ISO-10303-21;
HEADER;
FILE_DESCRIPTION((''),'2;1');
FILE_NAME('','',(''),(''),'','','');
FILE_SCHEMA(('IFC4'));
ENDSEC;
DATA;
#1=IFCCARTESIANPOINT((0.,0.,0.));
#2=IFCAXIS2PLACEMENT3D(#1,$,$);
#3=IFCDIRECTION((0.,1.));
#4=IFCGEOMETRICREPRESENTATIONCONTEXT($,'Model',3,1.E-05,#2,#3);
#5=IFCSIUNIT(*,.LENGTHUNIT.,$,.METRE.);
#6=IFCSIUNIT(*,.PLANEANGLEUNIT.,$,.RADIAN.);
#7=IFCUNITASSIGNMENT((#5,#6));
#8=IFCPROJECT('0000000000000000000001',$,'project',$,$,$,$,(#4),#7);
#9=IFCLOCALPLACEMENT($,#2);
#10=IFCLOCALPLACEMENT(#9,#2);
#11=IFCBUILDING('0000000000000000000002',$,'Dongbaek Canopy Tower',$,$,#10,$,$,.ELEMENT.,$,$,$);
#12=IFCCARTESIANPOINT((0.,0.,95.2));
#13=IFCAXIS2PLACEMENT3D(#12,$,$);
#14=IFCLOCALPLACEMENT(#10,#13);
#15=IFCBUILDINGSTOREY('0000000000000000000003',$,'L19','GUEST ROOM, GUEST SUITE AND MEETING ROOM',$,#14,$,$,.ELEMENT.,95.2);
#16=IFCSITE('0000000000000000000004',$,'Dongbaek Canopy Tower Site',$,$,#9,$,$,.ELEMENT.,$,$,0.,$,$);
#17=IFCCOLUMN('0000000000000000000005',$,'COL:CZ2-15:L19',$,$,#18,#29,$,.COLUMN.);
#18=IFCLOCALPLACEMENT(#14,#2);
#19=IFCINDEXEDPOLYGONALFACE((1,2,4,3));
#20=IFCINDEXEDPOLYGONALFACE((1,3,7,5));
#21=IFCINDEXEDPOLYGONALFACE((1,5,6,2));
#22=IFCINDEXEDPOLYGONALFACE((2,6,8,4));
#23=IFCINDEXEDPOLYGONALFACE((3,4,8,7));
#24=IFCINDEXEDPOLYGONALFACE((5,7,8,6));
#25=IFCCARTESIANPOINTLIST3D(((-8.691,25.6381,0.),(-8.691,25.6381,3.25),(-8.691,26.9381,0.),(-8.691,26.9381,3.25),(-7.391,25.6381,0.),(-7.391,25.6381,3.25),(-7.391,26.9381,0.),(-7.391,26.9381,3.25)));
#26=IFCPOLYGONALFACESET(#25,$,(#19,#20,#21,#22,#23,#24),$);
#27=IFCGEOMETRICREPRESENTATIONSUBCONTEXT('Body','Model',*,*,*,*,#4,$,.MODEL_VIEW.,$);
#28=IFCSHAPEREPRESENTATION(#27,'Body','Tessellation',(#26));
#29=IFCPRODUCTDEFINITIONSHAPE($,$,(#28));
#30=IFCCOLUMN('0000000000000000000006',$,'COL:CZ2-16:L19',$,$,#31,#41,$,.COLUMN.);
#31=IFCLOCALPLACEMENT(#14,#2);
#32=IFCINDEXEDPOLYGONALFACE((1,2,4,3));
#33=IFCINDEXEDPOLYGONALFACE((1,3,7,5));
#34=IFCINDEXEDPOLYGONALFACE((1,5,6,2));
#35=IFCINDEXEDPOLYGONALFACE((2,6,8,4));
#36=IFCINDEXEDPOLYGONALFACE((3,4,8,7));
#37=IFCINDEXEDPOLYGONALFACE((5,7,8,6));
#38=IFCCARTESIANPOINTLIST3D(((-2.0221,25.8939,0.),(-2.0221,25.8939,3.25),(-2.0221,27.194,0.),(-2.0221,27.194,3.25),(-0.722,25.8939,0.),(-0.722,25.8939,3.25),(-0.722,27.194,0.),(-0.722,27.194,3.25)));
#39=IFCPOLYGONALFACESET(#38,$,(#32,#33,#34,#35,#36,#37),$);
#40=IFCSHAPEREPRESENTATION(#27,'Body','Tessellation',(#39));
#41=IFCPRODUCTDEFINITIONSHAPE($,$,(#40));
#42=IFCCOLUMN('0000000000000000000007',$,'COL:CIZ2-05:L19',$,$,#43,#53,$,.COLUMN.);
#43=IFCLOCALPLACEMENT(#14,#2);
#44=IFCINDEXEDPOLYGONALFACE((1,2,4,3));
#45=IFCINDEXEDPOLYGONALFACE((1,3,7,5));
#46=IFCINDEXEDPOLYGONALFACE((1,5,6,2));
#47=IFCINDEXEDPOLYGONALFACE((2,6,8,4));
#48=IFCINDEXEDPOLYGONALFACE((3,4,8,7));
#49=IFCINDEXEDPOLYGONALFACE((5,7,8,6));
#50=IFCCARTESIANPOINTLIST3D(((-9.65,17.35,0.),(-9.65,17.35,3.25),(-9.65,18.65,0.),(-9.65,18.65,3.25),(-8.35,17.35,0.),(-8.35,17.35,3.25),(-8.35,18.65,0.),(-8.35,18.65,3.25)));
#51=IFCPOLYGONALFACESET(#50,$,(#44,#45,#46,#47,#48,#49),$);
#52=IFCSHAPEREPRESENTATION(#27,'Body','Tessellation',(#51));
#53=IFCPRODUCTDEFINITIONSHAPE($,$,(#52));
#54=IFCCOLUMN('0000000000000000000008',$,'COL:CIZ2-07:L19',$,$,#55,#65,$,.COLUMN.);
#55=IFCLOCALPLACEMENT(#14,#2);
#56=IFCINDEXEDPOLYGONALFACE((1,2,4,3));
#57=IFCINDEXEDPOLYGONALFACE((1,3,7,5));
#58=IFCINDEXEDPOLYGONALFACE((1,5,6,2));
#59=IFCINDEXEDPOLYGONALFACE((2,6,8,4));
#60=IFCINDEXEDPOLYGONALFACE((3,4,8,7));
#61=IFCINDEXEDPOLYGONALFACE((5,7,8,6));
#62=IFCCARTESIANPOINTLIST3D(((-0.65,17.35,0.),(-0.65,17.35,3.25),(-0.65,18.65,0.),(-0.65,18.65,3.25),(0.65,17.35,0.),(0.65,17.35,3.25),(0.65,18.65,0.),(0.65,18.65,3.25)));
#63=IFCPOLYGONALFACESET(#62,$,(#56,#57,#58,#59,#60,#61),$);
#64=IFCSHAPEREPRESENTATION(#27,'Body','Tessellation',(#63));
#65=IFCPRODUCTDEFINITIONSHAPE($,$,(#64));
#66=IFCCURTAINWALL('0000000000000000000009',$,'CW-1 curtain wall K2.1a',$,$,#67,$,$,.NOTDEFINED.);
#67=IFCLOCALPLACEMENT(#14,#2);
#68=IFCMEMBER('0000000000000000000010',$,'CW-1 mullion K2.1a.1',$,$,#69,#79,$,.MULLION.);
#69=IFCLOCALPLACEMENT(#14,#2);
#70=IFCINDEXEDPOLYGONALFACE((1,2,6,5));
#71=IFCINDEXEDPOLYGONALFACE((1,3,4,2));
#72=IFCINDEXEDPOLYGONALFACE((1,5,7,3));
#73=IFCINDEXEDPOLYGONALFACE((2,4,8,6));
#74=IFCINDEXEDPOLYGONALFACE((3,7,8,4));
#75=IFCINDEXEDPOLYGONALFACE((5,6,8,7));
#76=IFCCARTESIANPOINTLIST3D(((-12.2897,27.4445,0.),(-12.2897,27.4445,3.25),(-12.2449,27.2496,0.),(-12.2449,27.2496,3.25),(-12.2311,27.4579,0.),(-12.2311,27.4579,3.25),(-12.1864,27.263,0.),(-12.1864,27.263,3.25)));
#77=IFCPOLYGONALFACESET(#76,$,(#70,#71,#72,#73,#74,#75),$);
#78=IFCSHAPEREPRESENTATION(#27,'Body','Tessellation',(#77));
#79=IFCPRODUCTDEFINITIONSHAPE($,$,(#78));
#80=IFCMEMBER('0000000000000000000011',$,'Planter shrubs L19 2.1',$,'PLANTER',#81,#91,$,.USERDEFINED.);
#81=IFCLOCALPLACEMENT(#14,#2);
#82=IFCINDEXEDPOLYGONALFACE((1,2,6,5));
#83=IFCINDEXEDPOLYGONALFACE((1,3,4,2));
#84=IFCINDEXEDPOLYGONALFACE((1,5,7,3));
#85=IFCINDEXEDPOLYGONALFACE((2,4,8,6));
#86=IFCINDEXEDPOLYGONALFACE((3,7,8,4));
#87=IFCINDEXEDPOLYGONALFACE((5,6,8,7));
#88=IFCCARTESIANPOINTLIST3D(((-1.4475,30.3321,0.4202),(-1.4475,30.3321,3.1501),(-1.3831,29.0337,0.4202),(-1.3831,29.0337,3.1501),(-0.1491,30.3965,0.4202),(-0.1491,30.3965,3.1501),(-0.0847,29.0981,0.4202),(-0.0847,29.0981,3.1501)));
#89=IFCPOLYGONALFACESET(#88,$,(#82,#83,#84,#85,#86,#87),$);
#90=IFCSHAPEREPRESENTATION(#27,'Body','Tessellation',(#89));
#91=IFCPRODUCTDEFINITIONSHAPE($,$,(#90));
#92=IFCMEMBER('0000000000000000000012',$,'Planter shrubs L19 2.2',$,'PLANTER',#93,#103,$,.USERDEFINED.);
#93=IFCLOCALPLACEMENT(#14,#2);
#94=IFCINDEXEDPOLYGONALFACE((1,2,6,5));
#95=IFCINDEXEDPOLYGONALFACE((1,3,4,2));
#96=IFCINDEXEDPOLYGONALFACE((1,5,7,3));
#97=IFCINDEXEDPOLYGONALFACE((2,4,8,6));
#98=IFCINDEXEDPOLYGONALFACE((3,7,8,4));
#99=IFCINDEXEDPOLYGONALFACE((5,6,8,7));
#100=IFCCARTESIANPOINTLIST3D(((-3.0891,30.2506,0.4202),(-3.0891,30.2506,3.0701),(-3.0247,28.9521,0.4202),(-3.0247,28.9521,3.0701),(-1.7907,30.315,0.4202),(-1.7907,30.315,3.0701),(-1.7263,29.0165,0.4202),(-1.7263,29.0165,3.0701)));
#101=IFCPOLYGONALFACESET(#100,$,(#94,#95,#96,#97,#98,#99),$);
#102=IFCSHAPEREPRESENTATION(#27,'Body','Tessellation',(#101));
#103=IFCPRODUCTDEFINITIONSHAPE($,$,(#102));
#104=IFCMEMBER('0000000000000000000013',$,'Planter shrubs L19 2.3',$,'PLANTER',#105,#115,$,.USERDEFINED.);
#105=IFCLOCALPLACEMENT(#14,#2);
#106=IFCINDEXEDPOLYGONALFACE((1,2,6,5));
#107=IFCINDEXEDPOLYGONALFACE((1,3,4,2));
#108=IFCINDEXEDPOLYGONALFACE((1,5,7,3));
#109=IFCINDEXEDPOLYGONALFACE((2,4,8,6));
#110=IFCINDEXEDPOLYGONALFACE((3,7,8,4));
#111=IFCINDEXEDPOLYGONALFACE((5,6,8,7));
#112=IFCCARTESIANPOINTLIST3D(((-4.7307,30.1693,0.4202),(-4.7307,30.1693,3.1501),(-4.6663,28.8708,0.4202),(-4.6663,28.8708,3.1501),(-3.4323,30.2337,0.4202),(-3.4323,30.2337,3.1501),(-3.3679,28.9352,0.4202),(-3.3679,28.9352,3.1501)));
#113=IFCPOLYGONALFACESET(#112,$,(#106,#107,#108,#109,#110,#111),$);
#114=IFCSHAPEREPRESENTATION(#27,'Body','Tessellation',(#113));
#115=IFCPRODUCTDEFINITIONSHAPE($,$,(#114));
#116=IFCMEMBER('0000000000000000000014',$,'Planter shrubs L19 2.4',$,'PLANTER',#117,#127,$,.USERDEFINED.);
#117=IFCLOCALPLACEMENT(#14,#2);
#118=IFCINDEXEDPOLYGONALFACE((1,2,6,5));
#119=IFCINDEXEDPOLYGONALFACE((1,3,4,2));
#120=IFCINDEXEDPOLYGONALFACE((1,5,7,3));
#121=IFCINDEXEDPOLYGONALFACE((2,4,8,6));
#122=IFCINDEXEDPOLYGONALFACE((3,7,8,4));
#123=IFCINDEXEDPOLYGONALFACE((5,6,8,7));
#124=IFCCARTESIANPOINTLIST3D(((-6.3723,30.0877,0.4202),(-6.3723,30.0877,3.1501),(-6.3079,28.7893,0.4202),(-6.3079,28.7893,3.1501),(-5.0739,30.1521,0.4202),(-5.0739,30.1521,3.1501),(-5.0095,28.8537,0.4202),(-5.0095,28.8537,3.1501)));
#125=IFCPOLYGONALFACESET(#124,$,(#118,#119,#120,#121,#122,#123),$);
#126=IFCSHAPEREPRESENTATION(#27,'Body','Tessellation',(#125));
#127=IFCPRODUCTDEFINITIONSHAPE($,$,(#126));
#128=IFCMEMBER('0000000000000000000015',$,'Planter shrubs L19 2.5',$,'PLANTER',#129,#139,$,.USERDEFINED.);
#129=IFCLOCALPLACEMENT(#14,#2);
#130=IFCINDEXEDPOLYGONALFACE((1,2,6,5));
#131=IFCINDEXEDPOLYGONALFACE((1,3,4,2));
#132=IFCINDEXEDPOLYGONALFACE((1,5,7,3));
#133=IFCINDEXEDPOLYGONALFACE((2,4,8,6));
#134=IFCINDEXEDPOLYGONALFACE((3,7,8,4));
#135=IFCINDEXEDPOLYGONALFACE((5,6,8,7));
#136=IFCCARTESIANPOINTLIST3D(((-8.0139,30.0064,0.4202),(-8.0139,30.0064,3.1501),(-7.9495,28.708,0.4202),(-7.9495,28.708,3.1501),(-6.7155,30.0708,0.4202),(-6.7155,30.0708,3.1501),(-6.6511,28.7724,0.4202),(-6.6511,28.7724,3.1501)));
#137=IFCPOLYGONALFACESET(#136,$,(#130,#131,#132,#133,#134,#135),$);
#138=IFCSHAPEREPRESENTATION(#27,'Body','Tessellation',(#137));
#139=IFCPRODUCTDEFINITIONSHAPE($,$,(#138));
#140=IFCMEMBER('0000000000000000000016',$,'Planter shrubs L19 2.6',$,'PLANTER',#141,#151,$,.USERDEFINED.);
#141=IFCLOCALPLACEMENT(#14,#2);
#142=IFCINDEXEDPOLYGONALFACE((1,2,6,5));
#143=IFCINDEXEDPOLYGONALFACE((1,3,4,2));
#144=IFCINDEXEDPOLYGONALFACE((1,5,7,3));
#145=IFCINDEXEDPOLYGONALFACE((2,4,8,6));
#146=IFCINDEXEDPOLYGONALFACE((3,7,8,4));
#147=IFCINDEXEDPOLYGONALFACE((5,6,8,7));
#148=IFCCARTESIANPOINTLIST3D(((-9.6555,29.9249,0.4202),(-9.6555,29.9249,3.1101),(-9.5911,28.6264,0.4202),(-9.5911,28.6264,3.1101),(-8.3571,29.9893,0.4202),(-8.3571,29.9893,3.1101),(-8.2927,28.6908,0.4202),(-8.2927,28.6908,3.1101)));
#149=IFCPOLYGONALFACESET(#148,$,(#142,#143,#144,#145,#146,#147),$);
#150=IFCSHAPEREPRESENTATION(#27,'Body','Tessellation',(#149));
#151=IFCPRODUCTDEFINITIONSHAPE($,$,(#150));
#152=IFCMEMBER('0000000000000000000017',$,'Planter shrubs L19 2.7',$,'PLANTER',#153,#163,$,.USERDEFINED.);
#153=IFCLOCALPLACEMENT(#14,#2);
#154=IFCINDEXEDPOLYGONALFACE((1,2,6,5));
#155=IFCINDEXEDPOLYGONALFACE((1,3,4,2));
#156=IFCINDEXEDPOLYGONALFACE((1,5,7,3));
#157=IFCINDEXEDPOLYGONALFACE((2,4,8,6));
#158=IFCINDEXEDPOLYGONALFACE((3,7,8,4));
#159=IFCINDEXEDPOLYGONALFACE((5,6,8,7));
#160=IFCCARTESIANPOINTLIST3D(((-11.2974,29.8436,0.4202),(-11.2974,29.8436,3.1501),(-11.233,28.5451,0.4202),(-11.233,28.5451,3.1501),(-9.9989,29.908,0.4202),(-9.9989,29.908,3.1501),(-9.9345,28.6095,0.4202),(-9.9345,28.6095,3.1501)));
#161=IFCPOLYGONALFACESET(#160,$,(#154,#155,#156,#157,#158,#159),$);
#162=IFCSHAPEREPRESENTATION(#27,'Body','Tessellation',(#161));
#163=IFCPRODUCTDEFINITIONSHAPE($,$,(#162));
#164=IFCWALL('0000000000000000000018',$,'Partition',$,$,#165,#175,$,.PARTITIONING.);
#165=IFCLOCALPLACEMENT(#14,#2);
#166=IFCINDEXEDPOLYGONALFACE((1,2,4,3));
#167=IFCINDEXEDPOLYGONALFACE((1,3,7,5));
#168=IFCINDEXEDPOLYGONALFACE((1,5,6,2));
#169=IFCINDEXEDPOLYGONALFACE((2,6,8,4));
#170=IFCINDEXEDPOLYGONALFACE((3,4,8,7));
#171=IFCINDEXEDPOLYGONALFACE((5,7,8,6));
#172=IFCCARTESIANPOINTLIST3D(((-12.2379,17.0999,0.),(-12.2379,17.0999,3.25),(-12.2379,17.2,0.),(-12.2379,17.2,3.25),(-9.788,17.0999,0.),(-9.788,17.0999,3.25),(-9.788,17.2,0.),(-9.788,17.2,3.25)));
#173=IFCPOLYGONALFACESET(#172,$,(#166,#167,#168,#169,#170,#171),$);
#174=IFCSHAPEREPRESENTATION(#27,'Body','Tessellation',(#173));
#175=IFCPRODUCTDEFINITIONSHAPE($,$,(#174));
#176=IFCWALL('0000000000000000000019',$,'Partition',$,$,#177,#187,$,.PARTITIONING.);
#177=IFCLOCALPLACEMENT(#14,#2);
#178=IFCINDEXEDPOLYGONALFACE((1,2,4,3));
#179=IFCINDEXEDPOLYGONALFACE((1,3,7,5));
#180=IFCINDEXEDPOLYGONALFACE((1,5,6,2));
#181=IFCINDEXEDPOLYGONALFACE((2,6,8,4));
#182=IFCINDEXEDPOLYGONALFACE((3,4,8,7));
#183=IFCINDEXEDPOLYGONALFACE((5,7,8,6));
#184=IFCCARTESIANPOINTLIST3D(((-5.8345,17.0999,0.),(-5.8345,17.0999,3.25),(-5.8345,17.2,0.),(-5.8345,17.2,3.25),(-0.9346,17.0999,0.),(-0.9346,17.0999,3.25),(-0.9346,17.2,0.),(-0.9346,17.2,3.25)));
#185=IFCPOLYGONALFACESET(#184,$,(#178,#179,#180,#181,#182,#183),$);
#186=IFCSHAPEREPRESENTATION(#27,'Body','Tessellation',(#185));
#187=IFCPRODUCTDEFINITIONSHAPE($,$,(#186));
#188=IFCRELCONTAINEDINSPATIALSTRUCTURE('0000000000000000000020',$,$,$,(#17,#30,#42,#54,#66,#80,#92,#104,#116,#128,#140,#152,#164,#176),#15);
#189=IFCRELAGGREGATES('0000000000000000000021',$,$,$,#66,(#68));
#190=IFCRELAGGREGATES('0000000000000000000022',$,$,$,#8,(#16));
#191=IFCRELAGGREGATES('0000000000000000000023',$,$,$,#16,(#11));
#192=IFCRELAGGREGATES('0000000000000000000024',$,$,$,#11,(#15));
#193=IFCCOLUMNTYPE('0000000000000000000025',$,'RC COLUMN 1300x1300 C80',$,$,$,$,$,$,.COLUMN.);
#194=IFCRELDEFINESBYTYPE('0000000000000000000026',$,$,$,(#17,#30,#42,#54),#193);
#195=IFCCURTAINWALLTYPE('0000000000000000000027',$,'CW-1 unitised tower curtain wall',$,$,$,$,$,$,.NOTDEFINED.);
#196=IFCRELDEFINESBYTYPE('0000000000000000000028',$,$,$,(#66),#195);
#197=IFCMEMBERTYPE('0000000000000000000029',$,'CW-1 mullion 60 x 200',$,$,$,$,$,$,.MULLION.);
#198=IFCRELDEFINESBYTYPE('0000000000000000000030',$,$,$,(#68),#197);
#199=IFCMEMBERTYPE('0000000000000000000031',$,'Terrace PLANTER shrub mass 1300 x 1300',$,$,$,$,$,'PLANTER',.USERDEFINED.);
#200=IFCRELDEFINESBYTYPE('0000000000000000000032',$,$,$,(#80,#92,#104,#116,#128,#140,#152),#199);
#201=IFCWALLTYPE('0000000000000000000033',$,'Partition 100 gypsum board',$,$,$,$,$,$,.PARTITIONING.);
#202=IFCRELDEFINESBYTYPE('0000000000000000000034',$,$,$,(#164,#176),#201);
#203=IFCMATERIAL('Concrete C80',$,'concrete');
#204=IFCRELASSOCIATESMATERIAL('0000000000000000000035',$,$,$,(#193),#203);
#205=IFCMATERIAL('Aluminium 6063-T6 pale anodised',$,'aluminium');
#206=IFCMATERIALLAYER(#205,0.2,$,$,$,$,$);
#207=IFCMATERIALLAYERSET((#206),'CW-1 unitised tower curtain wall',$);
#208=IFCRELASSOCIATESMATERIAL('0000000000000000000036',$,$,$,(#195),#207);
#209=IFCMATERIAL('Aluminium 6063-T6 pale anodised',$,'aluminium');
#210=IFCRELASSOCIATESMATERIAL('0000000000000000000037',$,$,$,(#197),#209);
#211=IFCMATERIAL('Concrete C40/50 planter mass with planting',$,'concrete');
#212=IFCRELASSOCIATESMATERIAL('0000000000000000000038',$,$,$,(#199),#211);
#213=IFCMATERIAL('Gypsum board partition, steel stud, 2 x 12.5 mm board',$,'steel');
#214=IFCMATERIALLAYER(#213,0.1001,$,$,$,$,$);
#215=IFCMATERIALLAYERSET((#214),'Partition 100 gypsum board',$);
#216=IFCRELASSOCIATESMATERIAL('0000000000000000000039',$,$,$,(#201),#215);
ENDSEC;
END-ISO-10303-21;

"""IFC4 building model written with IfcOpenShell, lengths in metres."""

from ifc_helpers import new_model, si_unit, direction, frame, frame_2d, origin, origin_2d, place, context, subcontext, project, spatial, rectangle, extrude, material, layer, layer_set, material_profile, profile_set, type_object, element, aggregate, save


model = new_model("IFC4")

# Units and contexts
model_context = context("Model", 3, precision=1e-05, world=origin(), true_north=direction((0.0, 1.0)))
body_context = subcontext(model_context, "Body", "Model", "MODEL_VIEW")
ifc_project = project(units=[si_unit("LENGTHUNIT", "METRE"), si_unit("PLANEANGLEUNIT", "RADIAN")], contexts=[model_context])

# Site, building, storey
site_placement = place(None, origin())
site = spatial("IfcSite", under=ifc_project, at=site_placement, Name="Dongbaek Canopy Tower Site", CompositionType="ELEMENT", RefElevation=0.0)
building_placement = place(site_placement, origin())
building = spatial("IfcBuilding", under=site, at=building_placement, Name="Dongbaek Canopy Tower", CompositionType="ELEMENT")
storey_placement = place(building_placement, frame((0.0, 0.0, 95.2)))
storey = spatial("IfcBuildingStorey", under=building, at=storey_placement, Name="L19", Description="GUEST ROOM, GUEST SUITE AND MEETING ROOM", CompositionType="ELEMENT", Elevation=95.2)

# Columns
ifc_material_1 = material(Name="Concrete C80", Category="concrete")
ifc_material_profile_1 = material_profile(ifc_material_1, rectangle(XDim=1.3, YDim=1.3, at=origin_2d()), Name="RC COLUMN 1300x1300 C80")
ifc_profile_set_1 = profile_set([ifc_material_profile_1], Name="Concrete C80")
column_type = type_object("IfcColumnType", Name="RC COLUMN 1300x1300 C80", PredefinedType="COLUMN", material=ifc_profile_set_1)
for number, where, z_axis, x_axis, name in (
    (1, (-8.041, 26.2881, 0.0), (0.0, 0.0, 1.0), (1.0, 0.0, 0.0), "COL:CZ2-15:L19"),
    (2, (-1.3721, 26.5439, 0.0), (0.0, 0.0, 1.0), (1.0, 0.0, 0.0), "COL:CZ2-16:L19"),
    (3, (-9.0, 18.0, 0.0), (0.0, 0.0, 1.0), (1.0, 0.0, 0.0), "COL:CIZ2-05:L19"),
    (4, (0.0, 18.0, 0.0), (0.0, 0.0, 1.0), (1.0, 0.0, 0.0), "COL:CIZ2-07:L19"),
):
    element("IfcColumn", number, at=place(storey_placement, frame(where, z_axis=z_axis, x_axis=x_axis)), inside=storey, type_object=column_type, Name=name, PredefinedType="COLUMN", context=body_context, shape_type="SweptSolid", body=[
        extrude(rectangle(XDim=1.3, YDim=1.3, at=origin_2d()), origin(), (0.0, 0.0, 1.0), 3.25),
    ])

# Curtain wall, member
ifc_material_2 = material(Name="Aluminium 6063-T6 pale anodised", Category="aluminium")
ifc_layer_1 = layer(ifc_material_2, 0.2)
ifc_layer_set_1 = layer_set([ifc_layer_1], Name="CW-1 unitised tower curtain wall")
curtain_wall_type = type_object("IfcCurtainWallType", Name="CW-1 unitised tower curtain wall", PredefinedType="NOTDEFINED", material=ifc_layer_set_1)
curtain_wall_placement = place(storey_placement, origin())
curtain_wall = element("IfcCurtainWall", 5, at=curtain_wall_placement, inside=storey, type_object=curtain_wall_type, Name="CW-1 curtain wall K2.1a", PredefinedType="NOTDEFINED")
ifc_material_3 = material(Name="Aluminium 6063-T6 pale anodised", Category="aluminium")
ifc_material_profile_2 = material_profile(ifc_material_3, rectangle(XDim=0.2, YDim=0.0601, at=origin_2d()), Name="CW-1 mullion 60 x 200")
ifc_profile_set_2 = profile_set([ifc_material_profile_2], Name="Aluminium 6063-T6 pale anodised")
member_type_1 = type_object("IfcMemberType", Name="CW-1 mullion 60 x 200", PredefinedType="MULLION", material=ifc_profile_set_2)
member_1_placement = place(storey_placement, frame((-12.238, 27.3538, 0.0), z_axis=(0.0, 0.0, 1.0), x_axis=(-0.223774, 0.974641, 0.0)))
member_1 = element("IfcMember", 6, at=member_1_placement, type_object=member_type_1, Name="CW-1 mullion K2.1a.1", PredefinedType="MULLION", context=body_context, shape_type="SweptSolid", body=[
    extrude(rectangle(XDim=0.2, YDim=0.0601, at=origin_2d()), origin(), (0.0, 0.0, 1.0), 3.25),
])

# Members
ifc_material_4 = material(Name="Concrete C40/50 planter mass with planting", Category="concrete")
ifc_material_profile_3 = material_profile(ifc_material_4, rectangle(XDim=1.3, YDim=1.3, at=origin_2d()), Name="Terrace PLANTER shrub mass 1300 x 1300")
ifc_profile_set_3 = profile_set([ifc_material_profile_3], Name="Concrete C40/50 planter mass with planting")
member_type_2 = type_object("IfcMemberType", Name="Terrace PLANTER shrub mass 1300 x 1300", ElementType="PLANTER", PredefinedType="USERDEFINED", material=ifc_profile_set_3)
member_2_placement = place(storey_placement, frame((-0.7661, 29.7151, 0.4202), z_axis=(0.0, 0.0, 1.0), x_axis=(-0.049538, 0.998772, 0.0)))
element("IfcMember", 7, at=member_2_placement, inside=storey, type_object=member_type_2, Name="Planter shrubs L19 2.1", ObjectType="PLANTER", PredefinedType="USERDEFINED", context=body_context, shape_type="SweptSolid", body=[
    extrude(rectangle(XDim=1.3, YDim=1.3, at=origin_2d()), origin(), (0.0, 0.0, 1.0), 2.73),
])
member_3_placement = place(storey_placement, frame((-2.4077, 29.6335, 0.4202), z_axis=(0.0, 0.0, 1.0), x_axis=(-0.049538, 0.998772, 0.0)))
element("IfcMember", 8, at=member_3_placement, inside=storey, type_object=member_type_2, Name="Planter shrubs L19 2.2", ObjectType="PLANTER", PredefinedType="USERDEFINED", context=body_context, shape_type="SweptSolid", body=[
    extrude(rectangle(XDim=1.3, YDim=1.3, at=origin_2d()), origin(), (0.0, 0.0, 1.0), 2.6499),
])
for number, where, z_axis, x_axis, name in (
    (9, (-4.0493, 29.5522, 0.4202), (0.0, 0.0, 1.0), (-0.049538, 0.998772, 0.0), "Planter shrubs L19 2.3"),
    (10, (-5.6909, 29.4707, 0.4202), (0.0, 0.0, 1.0), (-0.049538, 0.998772, 0.0), "Planter shrubs L19 2.4"),
    (11, (-7.3325, 29.3894, 0.4202), (0.0, 0.0, 1.0), (-0.049538, 0.998772, 0.0), "Planter shrubs L19 2.5"),
):
    element("IfcMember", number, at=place(storey_placement, frame(where, z_axis=z_axis, x_axis=x_axis)), inside=storey, type_object=member_type_2, Name=name, ObjectType="PLANTER", PredefinedType="USERDEFINED", context=body_context, shape_type="SweptSolid", body=[
        extrude(rectangle(XDim=1.3, YDim=1.3, at=origin_2d()), origin(), (0.0, 0.0, 1.0), 2.73),
    ])
member_4_placement = place(storey_placement, frame((-8.9741, 29.3079, 0.4202), z_axis=(0.0, 0.0, 1.0), x_axis=(-0.049538, 0.998772, 0.0)))
element("IfcMember", 12, at=member_4_placement, inside=storey, type_object=member_type_2, Name="Planter shrubs L19 2.6", ObjectType="PLANTER", PredefinedType="USERDEFINED", context=body_context, shape_type="SweptSolid", body=[
    extrude(rectangle(XDim=1.3, YDim=1.3, at=origin_2d()), origin(), (0.0, 0.0, 1.0), 2.6899),
])
member_5_placement = place(storey_placement, frame((-10.616, 29.2266, 0.4202), z_axis=(0.0, 0.0, 1.0), x_axis=(-0.049538, 0.998772, 0.0)))
element("IfcMember", 13, at=member_5_placement, inside=storey, type_object=member_type_2, Name="Planter shrubs L19 2.7", ObjectType="PLANTER", PredefinedType="USERDEFINED", context=body_context, shape_type="SweptSolid", body=[
    extrude(rectangle(XDim=1.3, YDim=1.3, at=origin_2d()), origin(), (0.0, 0.0, 1.0), 2.73),
])

# Walls
ifc_material_5 = material(Name="Gypsum board partition, steel stud, 2 x 12.5 mm board", Category="steel")
ifc_layer_2 = layer(ifc_material_5, 0.1001)
ifc_layer_set_2 = layer_set([ifc_layer_2], Name="Partition 100 gypsum board")
wall_type = type_object("IfcWallType", Name="Partition 100 gypsum board", PredefinedType="PARTITIONING", material=ifc_layer_set_2)
wall_1_placement = place(storey_placement, frame((-12.238, 17.1499, 0.0), z_axis=(0.0, 0.0, 1.0), x_axis=(1.0, 0.0, 0.0)))
element("IfcWall", 14, at=wall_1_placement, inside=storey, type_object=wall_type, Name="Partition", PredefinedType="PARTITIONING", context=body_context, shape_type="SweptSolid", body=[
    extrude(rectangle(XDim=2.45, YDim=0.1001, at=frame_2d((1.2251, 0.0))), origin(), (0.0, 0.0, 1.0), 3.25),
])
wall_2_placement = place(storey_placement, frame((-5.8345, 17.1499, 0.0), z_axis=(0.0, 0.0, 1.0), x_axis=(1.0, 0.0, 0.0)))
element("IfcWall", 15, at=wall_2_placement, inside=storey, type_object=wall_type, Name="Partition", PredefinedType="PARTITIONING", context=body_context, shape_type="SweptSolid", body=[
    extrude(rectangle(XDim=4.8999, YDim=0.1001, at=frame_2d((2.45, 0.0))), origin(), (0.0, 0.0, 1.0), 3.25),
])

aggregate(curtain_wall, [member_1])

save(model, "model.ifc")
